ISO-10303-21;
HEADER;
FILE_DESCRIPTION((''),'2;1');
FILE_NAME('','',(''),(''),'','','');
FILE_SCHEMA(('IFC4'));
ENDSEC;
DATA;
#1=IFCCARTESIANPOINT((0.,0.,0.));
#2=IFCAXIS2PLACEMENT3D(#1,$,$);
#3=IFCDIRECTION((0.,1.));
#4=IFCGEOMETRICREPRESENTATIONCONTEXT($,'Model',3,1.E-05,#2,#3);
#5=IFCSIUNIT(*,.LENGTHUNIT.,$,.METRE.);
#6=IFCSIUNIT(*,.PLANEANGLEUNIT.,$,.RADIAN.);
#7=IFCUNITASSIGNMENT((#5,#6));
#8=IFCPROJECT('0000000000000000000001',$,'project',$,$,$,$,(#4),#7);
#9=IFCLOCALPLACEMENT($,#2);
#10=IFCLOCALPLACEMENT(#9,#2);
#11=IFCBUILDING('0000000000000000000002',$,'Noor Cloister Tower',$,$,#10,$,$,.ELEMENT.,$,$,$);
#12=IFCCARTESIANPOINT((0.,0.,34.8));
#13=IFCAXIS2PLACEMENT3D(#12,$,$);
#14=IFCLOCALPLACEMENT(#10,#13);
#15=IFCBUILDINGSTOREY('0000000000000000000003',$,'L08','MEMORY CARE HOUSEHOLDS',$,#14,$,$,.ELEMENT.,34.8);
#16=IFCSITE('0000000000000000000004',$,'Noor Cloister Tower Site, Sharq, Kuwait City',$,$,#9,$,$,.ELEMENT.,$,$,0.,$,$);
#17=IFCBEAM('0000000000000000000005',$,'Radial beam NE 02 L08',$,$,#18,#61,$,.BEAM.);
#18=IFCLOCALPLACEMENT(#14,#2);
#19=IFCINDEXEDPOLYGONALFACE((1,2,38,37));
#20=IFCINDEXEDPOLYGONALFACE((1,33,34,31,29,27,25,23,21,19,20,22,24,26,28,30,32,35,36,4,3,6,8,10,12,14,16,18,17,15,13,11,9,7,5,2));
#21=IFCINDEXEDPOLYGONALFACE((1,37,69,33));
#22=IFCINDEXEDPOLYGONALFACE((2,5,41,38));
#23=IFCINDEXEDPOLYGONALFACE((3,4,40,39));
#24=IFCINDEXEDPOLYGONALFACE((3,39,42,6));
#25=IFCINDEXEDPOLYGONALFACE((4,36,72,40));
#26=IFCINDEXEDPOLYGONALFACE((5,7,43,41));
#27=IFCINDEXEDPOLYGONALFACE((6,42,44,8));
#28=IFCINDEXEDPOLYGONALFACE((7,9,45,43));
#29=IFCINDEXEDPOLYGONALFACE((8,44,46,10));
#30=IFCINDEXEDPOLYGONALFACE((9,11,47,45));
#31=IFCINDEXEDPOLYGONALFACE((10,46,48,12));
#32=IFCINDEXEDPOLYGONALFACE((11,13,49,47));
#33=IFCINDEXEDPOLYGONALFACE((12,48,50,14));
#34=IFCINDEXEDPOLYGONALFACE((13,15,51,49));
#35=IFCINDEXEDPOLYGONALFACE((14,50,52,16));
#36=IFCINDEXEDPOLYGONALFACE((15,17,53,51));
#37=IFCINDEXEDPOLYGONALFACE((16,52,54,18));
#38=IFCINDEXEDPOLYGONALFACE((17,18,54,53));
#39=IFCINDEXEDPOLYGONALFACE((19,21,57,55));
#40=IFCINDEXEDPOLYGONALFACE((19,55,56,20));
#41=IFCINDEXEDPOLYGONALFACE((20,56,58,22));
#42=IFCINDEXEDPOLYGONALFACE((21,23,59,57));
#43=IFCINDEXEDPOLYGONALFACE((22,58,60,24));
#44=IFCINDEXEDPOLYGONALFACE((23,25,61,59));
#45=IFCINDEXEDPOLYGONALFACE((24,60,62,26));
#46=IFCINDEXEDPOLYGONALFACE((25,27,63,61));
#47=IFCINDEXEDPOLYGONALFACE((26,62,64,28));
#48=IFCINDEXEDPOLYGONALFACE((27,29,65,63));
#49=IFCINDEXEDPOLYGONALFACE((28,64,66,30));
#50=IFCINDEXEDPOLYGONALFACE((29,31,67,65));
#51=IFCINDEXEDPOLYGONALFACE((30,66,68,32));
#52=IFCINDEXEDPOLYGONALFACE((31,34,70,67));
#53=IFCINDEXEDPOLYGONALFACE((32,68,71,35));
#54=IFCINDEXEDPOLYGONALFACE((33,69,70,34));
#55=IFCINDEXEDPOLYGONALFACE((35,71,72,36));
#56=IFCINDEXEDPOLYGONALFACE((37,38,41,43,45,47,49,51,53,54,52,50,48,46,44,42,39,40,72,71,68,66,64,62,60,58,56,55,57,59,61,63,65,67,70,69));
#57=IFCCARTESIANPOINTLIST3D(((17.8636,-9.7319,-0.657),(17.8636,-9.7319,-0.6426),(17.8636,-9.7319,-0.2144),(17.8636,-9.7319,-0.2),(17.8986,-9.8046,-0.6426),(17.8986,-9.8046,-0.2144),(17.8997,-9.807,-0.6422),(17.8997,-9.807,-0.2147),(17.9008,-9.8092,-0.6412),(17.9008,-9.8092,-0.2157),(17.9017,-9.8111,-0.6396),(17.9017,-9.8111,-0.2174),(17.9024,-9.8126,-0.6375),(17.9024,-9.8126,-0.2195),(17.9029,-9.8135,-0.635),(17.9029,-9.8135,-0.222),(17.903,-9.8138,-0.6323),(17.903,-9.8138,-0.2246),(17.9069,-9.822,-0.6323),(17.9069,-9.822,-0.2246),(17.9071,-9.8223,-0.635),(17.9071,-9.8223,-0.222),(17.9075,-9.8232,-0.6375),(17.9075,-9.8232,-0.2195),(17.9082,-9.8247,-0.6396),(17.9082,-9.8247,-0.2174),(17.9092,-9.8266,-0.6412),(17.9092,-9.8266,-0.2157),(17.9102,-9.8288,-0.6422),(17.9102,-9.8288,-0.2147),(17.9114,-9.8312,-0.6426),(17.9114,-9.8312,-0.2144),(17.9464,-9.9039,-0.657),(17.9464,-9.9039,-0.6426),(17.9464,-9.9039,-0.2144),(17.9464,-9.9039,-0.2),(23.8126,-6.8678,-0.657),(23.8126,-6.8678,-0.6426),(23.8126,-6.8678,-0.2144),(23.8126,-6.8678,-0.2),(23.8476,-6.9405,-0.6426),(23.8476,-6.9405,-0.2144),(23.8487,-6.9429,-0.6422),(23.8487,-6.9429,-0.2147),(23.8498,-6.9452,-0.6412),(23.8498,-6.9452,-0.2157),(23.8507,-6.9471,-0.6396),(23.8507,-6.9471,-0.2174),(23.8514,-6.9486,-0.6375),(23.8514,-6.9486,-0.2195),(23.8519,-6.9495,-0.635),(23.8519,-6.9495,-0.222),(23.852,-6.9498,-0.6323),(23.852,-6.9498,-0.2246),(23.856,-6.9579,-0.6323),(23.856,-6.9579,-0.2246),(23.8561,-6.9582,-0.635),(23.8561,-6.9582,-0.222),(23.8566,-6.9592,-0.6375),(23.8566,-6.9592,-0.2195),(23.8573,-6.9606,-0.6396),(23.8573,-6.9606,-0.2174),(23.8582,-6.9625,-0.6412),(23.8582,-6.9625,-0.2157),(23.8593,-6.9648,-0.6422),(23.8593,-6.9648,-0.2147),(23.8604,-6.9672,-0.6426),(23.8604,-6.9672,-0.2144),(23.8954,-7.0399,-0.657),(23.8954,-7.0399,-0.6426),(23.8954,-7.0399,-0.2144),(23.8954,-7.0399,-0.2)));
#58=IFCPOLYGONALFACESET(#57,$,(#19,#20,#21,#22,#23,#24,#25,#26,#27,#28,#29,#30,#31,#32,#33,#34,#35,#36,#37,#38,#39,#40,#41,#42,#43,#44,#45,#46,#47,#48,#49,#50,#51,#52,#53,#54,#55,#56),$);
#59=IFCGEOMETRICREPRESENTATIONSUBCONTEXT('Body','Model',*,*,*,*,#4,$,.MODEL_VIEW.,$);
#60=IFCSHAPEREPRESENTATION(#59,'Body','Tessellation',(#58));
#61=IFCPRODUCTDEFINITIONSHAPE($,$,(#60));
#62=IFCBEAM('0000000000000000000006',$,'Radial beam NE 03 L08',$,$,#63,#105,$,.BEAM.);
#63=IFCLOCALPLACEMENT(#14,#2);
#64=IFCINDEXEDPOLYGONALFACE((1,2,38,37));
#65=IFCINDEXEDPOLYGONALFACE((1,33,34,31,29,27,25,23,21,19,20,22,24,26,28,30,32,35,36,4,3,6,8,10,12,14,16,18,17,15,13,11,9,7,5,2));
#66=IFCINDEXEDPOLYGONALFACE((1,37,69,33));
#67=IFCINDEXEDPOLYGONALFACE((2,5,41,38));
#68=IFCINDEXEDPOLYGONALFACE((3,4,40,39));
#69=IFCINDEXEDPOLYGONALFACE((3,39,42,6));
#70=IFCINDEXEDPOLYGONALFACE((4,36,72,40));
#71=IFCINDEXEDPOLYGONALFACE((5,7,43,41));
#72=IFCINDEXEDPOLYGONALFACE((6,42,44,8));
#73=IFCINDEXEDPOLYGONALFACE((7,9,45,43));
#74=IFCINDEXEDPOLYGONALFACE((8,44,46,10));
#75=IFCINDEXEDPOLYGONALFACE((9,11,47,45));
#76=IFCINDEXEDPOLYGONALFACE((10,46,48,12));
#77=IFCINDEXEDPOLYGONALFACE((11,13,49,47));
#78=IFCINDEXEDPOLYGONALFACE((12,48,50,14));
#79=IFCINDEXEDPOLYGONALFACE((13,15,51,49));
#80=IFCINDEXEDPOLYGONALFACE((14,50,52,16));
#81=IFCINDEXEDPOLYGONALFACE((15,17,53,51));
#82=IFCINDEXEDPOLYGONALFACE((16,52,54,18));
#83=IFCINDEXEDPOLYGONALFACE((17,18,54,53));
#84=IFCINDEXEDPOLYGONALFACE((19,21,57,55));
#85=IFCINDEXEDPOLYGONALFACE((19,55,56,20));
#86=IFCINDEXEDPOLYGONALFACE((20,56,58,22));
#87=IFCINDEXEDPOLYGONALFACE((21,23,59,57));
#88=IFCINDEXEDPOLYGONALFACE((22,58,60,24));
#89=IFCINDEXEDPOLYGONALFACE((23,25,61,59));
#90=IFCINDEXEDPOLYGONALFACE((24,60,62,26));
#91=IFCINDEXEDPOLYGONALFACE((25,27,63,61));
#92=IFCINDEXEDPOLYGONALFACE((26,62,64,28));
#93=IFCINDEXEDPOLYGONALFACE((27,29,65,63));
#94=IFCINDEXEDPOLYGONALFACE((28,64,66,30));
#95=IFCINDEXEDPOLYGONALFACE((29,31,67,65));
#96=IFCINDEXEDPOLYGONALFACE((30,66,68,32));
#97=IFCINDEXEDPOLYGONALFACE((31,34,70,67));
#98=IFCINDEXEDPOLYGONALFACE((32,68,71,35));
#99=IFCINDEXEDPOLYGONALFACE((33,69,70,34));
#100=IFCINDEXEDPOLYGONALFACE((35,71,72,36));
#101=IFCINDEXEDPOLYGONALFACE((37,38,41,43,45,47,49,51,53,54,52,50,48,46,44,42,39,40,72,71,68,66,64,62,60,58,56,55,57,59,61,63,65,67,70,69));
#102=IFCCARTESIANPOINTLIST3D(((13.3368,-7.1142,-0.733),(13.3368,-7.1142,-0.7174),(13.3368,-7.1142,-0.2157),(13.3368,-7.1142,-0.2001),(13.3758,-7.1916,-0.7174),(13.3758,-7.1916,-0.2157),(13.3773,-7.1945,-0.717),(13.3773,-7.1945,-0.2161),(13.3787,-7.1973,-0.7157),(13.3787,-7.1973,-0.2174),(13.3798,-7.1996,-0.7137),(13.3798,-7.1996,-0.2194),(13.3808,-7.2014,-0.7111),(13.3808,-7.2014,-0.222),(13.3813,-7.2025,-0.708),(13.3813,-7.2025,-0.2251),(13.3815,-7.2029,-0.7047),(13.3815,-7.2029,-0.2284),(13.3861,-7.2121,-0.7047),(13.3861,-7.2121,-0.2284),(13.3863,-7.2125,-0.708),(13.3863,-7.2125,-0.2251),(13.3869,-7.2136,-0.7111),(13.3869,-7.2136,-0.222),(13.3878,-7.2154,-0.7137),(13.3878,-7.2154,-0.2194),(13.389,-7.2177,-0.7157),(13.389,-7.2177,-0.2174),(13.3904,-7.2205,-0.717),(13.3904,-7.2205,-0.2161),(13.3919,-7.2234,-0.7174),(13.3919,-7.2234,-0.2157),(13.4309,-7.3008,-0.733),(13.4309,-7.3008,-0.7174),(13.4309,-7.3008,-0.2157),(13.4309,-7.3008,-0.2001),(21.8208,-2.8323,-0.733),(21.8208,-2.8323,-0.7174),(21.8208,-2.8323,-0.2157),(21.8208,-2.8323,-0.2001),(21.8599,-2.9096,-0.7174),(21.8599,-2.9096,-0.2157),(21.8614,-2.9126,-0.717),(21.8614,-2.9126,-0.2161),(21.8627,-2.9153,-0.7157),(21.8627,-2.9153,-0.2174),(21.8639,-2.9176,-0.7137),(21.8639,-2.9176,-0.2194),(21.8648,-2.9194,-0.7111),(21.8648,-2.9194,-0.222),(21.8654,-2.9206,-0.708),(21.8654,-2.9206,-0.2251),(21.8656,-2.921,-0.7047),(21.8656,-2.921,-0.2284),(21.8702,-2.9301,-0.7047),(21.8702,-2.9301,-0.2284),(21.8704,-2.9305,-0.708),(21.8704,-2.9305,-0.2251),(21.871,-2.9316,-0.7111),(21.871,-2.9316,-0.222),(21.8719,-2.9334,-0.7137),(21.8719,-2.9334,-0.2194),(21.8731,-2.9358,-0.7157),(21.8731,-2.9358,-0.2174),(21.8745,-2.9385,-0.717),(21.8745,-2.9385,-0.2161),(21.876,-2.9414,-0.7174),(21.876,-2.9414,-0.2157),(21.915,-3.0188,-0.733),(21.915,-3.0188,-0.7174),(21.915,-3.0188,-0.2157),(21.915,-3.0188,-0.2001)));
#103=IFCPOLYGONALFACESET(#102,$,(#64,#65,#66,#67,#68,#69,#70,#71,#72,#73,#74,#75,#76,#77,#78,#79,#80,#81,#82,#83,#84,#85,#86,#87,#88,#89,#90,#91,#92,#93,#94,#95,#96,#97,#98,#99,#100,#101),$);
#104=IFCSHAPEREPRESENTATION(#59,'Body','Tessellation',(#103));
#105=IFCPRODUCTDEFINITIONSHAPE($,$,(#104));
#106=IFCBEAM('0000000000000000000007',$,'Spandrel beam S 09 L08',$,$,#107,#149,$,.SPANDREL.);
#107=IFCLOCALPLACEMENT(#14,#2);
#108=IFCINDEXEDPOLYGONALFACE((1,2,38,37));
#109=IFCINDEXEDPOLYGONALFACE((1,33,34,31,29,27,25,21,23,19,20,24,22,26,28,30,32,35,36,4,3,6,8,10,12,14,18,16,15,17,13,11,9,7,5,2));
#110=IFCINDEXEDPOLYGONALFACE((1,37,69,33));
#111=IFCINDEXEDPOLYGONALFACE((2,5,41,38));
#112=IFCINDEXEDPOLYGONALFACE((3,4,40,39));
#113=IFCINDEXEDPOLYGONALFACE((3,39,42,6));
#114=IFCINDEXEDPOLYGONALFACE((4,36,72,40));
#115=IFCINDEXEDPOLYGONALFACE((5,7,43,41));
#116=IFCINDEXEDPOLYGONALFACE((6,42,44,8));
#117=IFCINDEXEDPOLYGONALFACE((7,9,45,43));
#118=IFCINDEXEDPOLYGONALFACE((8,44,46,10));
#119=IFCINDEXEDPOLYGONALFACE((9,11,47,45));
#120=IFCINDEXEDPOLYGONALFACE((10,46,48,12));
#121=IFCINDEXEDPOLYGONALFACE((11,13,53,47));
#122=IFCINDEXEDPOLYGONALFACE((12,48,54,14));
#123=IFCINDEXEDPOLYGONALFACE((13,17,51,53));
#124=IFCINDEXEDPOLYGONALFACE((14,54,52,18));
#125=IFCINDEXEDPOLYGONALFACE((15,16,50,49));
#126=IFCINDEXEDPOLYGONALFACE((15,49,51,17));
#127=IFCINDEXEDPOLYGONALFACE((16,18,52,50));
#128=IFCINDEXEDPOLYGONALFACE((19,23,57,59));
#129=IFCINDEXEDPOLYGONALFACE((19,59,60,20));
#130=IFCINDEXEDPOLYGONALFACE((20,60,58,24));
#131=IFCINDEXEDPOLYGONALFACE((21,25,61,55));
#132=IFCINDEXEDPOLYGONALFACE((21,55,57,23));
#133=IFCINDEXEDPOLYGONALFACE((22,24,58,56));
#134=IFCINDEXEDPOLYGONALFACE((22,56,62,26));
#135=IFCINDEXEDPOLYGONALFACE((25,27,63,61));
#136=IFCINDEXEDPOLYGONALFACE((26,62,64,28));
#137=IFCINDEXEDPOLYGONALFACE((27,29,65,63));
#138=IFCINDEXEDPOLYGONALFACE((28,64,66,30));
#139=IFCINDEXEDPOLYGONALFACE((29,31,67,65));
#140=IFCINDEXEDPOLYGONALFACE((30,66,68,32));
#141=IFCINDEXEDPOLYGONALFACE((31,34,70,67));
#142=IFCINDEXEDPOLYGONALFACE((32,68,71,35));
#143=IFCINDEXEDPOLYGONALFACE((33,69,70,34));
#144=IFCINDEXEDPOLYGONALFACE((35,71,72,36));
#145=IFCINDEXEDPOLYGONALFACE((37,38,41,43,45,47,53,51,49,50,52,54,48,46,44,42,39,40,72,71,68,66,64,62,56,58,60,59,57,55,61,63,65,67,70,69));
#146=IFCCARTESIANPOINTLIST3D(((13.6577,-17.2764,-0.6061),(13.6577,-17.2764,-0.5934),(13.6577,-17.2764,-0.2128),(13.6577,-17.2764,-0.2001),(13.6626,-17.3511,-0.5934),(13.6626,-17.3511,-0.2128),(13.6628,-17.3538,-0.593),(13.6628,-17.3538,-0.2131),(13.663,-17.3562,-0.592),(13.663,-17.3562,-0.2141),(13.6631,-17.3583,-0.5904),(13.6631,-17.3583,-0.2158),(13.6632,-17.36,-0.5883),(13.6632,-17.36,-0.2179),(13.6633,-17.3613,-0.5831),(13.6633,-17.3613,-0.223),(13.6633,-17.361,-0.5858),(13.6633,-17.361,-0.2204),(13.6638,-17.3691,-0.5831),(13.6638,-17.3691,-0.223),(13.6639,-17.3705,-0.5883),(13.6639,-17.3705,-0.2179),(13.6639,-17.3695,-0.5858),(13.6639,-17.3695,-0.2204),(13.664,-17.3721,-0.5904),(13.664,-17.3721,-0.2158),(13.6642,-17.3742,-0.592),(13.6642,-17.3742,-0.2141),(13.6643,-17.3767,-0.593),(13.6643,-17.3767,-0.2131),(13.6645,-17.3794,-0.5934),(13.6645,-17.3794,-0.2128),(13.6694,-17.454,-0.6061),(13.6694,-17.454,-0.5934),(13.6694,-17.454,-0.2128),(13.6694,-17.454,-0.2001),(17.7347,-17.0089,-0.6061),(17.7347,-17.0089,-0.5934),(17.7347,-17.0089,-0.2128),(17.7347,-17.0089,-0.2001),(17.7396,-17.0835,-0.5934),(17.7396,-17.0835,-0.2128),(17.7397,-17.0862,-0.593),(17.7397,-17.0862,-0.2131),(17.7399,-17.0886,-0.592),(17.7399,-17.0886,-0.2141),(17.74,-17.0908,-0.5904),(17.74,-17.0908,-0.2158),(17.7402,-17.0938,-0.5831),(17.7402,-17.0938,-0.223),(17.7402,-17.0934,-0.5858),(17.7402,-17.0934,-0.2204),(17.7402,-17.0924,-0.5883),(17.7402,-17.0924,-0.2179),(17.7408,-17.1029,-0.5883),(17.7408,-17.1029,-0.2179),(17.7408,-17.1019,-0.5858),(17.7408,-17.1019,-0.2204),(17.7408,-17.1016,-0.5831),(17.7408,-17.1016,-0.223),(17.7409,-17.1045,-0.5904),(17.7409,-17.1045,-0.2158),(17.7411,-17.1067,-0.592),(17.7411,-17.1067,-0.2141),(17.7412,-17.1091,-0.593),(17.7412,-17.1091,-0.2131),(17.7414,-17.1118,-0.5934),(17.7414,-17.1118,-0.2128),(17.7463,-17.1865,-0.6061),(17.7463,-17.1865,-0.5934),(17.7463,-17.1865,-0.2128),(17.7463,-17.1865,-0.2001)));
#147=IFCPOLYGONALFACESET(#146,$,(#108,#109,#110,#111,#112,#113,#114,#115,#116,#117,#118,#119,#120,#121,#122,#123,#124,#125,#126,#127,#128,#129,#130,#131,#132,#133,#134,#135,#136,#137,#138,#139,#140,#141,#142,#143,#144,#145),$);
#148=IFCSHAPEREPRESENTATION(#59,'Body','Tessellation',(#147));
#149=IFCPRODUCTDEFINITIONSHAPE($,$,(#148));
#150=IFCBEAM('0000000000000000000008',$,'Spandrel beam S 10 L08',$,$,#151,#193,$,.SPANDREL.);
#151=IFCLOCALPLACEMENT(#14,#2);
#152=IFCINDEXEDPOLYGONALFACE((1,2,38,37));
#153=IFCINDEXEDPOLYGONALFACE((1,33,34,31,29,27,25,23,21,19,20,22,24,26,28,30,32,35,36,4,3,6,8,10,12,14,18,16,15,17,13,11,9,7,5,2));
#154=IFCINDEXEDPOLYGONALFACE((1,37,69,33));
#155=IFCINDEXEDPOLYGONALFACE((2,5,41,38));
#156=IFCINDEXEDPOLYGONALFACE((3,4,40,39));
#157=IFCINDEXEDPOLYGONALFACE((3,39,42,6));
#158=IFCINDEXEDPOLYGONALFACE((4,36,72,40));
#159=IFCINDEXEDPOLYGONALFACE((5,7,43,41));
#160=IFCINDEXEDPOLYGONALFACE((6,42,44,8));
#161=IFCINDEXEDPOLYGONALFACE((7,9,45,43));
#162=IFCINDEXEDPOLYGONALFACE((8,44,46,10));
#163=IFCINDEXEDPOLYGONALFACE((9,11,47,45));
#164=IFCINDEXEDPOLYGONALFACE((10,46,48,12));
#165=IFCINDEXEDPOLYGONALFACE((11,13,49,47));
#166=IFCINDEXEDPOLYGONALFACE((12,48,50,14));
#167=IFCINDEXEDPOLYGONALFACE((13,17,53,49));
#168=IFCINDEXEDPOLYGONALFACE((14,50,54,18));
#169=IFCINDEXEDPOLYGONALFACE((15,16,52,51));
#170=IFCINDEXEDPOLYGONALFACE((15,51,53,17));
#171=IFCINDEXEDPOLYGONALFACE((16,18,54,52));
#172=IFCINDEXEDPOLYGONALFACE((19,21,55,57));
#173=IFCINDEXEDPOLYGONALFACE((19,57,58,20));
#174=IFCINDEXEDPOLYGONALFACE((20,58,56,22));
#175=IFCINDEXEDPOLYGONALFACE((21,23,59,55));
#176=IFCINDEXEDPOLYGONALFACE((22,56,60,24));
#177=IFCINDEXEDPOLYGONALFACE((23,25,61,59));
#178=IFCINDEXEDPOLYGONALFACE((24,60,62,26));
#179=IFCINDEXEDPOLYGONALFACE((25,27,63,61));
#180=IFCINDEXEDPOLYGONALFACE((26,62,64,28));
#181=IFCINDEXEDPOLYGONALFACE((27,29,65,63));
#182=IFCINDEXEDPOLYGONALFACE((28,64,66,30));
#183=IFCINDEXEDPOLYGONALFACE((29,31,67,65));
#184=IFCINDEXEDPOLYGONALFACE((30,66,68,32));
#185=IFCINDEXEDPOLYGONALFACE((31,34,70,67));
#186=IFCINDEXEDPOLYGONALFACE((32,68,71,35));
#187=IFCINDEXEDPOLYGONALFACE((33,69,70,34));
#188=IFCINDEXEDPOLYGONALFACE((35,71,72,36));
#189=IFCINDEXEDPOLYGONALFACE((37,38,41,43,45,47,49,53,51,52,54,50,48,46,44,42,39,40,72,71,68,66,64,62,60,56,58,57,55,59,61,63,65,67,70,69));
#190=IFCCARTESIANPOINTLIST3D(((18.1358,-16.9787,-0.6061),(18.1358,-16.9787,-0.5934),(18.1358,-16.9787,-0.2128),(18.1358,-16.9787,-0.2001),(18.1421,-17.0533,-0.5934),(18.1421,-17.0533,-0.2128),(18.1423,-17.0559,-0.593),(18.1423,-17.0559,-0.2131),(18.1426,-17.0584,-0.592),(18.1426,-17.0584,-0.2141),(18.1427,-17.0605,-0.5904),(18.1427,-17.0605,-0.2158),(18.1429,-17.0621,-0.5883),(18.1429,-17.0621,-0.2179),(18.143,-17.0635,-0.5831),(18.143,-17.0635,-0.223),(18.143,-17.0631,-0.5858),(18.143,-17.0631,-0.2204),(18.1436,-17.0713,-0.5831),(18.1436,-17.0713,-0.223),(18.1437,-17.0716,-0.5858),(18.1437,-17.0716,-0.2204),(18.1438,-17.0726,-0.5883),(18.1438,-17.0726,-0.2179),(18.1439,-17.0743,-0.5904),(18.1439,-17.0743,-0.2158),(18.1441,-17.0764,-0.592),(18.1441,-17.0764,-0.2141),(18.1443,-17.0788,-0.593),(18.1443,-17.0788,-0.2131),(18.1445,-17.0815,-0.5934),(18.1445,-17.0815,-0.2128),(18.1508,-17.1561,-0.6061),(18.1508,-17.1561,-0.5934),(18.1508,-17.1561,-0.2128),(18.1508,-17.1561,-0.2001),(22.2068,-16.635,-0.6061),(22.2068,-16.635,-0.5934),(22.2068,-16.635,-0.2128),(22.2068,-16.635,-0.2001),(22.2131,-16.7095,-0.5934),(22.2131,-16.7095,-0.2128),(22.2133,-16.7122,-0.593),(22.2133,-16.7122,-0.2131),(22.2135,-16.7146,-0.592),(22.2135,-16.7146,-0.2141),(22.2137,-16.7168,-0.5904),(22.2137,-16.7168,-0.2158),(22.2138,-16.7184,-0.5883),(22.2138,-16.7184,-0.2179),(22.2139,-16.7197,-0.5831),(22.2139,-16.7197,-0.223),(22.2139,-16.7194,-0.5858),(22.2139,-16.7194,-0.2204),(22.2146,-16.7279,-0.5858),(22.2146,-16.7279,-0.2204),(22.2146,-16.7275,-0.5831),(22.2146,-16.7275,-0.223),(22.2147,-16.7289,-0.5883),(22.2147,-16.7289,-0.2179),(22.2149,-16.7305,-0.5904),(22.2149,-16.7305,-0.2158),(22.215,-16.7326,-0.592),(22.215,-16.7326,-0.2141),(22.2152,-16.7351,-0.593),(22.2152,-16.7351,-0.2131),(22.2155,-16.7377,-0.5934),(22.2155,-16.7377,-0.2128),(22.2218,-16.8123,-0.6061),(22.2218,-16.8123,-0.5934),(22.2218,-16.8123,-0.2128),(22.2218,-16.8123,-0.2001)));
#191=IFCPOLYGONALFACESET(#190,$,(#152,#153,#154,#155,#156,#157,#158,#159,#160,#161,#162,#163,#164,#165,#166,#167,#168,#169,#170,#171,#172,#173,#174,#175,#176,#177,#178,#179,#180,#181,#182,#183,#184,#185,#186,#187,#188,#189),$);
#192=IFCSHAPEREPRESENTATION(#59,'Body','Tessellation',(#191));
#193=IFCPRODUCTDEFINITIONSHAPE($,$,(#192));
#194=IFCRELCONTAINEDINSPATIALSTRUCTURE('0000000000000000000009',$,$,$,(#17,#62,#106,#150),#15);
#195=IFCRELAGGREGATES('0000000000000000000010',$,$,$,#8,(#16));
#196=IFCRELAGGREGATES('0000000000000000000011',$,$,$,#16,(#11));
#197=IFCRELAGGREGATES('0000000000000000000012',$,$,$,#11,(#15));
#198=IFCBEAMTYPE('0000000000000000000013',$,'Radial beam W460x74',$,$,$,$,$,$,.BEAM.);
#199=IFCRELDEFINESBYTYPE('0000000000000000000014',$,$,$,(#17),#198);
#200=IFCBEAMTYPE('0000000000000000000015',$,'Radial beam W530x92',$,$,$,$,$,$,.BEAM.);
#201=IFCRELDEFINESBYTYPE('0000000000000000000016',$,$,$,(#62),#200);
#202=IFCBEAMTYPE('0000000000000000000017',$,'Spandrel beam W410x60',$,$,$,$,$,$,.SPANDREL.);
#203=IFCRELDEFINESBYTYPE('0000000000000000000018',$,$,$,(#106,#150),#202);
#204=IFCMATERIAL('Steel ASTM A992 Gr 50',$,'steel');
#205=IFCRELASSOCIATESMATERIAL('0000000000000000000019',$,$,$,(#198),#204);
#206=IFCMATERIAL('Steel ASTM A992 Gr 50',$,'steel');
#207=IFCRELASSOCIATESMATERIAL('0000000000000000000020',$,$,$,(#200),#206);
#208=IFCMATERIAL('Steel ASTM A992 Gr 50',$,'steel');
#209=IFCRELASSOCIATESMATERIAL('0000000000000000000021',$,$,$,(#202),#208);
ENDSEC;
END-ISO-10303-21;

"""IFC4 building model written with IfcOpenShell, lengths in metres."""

from ifc_helpers import new_model, si_unit, direction, frame, origin, origin_2d, place, context, subcontext, project, spatial, i_section, extrude, material, material_profile, profile_set, type_object, element, save


model = new_model("IFC4")

# Units and contexts
model_context = context("Model", 3, precision=1e-05, world=origin(), true_north=direction((0.0, 1.0)))
body_context = subcontext(model_context, "Body", "Model", "MODEL_VIEW")
ifc_project = project(units=[si_unit("LENGTHUNIT", "METRE"), si_unit("PLANEANGLEUNIT", "RADIAN")], contexts=[model_context])

# Site, building, storey
site_placement = place(None, origin())
site = spatial("IfcSite", under=ifc_project, at=site_placement, Name="Noor Cloister Tower Site, Sharq, Kuwait City", CompositionType="ELEMENT", RefElevation=0.0)
building_placement = place(site_placement, origin())
building = spatial("IfcBuilding", under=site, at=building_placement, Name="Noor Cloister Tower", CompositionType="ELEMENT")
storey_placement = place(building_placement, frame((0.0, 0.0, 34.8)))
storey = spatial("IfcBuildingStorey", under=building, at=storey_placement, Name="L08", Description="MEMORY CARE HOUSEHOLDS", CompositionType="ELEMENT", Elevation=34.8)

# Beams
ifc_material_1 = material(Name="Steel ASTM A992 Gr 50", Category="steel")
ifc_material_profile_1 = material_profile(ifc_material_1, i_section(OverallWidth=0.1909, OverallDepth=0.457, WebThickness=0.009, FlangeThickness=0.0144, FilletRadius=0.0103, at=origin_2d()), Name="W460x74")
ifc_profile_set_1 = profile_set([ifc_material_profile_1], Name="Steel ASTM A992 Gr 50")
beam_type_1 = type_object("IfcBeamType", Name="Radial beam W460x74", PredefinedType="BEAM", material=ifc_profile_set_1)
beam_1_placement = place(storey_placement, frame((23.854, -6.9539, -0.4285), z_axis=(-0.90102, -0.433778, 0.0), x_axis=(0.433778, -0.90102, 0.0)))
element("IfcBeam", 1, at=beam_1_placement, inside=storey, type_object=beam_type_1, Name="Radial beam NE 02 L08", PredefinedType="BEAM", context=body_context, shape_type="SweptSolid", body=[
    extrude(i_section(OverallWidth=0.1909, OverallDepth=0.457, WebThickness=0.009, FlangeThickness=0.0144, FilletRadius=0.0103, at=origin_2d()), origin(), (0.0, 0.0, 1.0), 6.6025),
])
ifc_material_2 = material(Name="Steel ASTM A992 Gr 50", Category="steel")
ifc_material_profile_2 = material_profile(ifc_material_2, i_section(OverallWidth=0.209, OverallDepth=0.533, WebThickness=0.0103, FlangeThickness=0.0156, FilletRadius=0.0127, at=origin_2d()), Name="W530x92")
ifc_profile_set_2 = profile_set([ifc_material_profile_2], Name="Steel ASTM A992 Gr 50")
beam_type_2 = type_object("IfcBeamType", Name="Radial beam W530x92", PredefinedType="BEAM", material=ifc_profile_set_2)
beam_2_placement = place(storey_placement, frame((21.8679, -2.9255, -0.4666), z_axis=(-0.892741, -0.450571, 0.0), x_axis=(0.450571, -0.892741, 0.0)))
element("IfcBeam", 2, at=beam_2_placement, inside=storey, type_object=beam_type_2, Name="Radial beam NE 03 L08", PredefinedType="BEAM", context=body_context, shape_type="SweptSolid", body=[
    extrude(i_section(OverallWidth=0.209, OverallDepth=0.533, WebThickness=0.0103, FlangeThickness=0.0156, FilletRadius=0.0127, at=origin_2d()), origin(), (0.0, 0.0, 1.0), 9.5034),
])
ifc_material_3 = material(Name="Steel ASTM A992 Gr 50", Category="steel")
ifc_material_profile_3 = material_profile(ifc_material_3, i_section(OverallWidth=0.178, OverallDepth=0.406, WebThickness=0.0078, FlangeThickness=0.0127, FilletRadius=0.0103, at=origin_2d()), Name="W410x60")
ifc_profile_set_3 = profile_set([ifc_material_profile_3], Name="Steel ASTM A992 Gr 50")
beam_type_3 = type_object("IfcBeamType", Name="Spandrel beam W410x60", PredefinedType="SPANDREL", material=ifc_profile_set_3)
beam_3_placement = place(storey_placement, frame((13.6636, -17.3652, -0.4031), z_axis=(0.997853, 0.065492, 0.0), x_axis=(-0.065492, 0.997853, 0.0)))
element("IfcBeam", 3, at=beam_3_placement, inside=storey, type_object=beam_type_3, Name="Spandrel beam S 09 L08", PredefinedType="SPANDREL", context=body_context, shape_type="SweptSolid", body=[
    extrude(i_section(OverallWidth=0.178, OverallDepth=0.406, WebThickness=0.0078, FlangeThickness=0.0127, FilletRadius=0.0103, at=origin_2d()), origin(), (0.0, 0.0, 1.0), 4.0857),
])
beam_4_placement = place(storey_placement, frame((18.1433, -17.0674, -0.4031), z_axis=(0.996454, 0.084138, 0.0), x_axis=(-0.084138, 0.996454, 0.0)))
element("IfcBeam", 4, at=beam_4_placement, inside=storey, type_object=beam_type_3, Name="Spandrel beam S 10 L08", PredefinedType="SPANDREL", context=body_context, shape_type="SweptSolid", body=[
    extrude(i_section(OverallWidth=0.178, OverallDepth=0.406, WebThickness=0.0078, FlangeThickness=0.0127, FilletRadius=0.0103, at=origin_2d()), origin(), (0.0, 0.0, 1.0), 4.0854),
])

save(model, "model.ifc")
